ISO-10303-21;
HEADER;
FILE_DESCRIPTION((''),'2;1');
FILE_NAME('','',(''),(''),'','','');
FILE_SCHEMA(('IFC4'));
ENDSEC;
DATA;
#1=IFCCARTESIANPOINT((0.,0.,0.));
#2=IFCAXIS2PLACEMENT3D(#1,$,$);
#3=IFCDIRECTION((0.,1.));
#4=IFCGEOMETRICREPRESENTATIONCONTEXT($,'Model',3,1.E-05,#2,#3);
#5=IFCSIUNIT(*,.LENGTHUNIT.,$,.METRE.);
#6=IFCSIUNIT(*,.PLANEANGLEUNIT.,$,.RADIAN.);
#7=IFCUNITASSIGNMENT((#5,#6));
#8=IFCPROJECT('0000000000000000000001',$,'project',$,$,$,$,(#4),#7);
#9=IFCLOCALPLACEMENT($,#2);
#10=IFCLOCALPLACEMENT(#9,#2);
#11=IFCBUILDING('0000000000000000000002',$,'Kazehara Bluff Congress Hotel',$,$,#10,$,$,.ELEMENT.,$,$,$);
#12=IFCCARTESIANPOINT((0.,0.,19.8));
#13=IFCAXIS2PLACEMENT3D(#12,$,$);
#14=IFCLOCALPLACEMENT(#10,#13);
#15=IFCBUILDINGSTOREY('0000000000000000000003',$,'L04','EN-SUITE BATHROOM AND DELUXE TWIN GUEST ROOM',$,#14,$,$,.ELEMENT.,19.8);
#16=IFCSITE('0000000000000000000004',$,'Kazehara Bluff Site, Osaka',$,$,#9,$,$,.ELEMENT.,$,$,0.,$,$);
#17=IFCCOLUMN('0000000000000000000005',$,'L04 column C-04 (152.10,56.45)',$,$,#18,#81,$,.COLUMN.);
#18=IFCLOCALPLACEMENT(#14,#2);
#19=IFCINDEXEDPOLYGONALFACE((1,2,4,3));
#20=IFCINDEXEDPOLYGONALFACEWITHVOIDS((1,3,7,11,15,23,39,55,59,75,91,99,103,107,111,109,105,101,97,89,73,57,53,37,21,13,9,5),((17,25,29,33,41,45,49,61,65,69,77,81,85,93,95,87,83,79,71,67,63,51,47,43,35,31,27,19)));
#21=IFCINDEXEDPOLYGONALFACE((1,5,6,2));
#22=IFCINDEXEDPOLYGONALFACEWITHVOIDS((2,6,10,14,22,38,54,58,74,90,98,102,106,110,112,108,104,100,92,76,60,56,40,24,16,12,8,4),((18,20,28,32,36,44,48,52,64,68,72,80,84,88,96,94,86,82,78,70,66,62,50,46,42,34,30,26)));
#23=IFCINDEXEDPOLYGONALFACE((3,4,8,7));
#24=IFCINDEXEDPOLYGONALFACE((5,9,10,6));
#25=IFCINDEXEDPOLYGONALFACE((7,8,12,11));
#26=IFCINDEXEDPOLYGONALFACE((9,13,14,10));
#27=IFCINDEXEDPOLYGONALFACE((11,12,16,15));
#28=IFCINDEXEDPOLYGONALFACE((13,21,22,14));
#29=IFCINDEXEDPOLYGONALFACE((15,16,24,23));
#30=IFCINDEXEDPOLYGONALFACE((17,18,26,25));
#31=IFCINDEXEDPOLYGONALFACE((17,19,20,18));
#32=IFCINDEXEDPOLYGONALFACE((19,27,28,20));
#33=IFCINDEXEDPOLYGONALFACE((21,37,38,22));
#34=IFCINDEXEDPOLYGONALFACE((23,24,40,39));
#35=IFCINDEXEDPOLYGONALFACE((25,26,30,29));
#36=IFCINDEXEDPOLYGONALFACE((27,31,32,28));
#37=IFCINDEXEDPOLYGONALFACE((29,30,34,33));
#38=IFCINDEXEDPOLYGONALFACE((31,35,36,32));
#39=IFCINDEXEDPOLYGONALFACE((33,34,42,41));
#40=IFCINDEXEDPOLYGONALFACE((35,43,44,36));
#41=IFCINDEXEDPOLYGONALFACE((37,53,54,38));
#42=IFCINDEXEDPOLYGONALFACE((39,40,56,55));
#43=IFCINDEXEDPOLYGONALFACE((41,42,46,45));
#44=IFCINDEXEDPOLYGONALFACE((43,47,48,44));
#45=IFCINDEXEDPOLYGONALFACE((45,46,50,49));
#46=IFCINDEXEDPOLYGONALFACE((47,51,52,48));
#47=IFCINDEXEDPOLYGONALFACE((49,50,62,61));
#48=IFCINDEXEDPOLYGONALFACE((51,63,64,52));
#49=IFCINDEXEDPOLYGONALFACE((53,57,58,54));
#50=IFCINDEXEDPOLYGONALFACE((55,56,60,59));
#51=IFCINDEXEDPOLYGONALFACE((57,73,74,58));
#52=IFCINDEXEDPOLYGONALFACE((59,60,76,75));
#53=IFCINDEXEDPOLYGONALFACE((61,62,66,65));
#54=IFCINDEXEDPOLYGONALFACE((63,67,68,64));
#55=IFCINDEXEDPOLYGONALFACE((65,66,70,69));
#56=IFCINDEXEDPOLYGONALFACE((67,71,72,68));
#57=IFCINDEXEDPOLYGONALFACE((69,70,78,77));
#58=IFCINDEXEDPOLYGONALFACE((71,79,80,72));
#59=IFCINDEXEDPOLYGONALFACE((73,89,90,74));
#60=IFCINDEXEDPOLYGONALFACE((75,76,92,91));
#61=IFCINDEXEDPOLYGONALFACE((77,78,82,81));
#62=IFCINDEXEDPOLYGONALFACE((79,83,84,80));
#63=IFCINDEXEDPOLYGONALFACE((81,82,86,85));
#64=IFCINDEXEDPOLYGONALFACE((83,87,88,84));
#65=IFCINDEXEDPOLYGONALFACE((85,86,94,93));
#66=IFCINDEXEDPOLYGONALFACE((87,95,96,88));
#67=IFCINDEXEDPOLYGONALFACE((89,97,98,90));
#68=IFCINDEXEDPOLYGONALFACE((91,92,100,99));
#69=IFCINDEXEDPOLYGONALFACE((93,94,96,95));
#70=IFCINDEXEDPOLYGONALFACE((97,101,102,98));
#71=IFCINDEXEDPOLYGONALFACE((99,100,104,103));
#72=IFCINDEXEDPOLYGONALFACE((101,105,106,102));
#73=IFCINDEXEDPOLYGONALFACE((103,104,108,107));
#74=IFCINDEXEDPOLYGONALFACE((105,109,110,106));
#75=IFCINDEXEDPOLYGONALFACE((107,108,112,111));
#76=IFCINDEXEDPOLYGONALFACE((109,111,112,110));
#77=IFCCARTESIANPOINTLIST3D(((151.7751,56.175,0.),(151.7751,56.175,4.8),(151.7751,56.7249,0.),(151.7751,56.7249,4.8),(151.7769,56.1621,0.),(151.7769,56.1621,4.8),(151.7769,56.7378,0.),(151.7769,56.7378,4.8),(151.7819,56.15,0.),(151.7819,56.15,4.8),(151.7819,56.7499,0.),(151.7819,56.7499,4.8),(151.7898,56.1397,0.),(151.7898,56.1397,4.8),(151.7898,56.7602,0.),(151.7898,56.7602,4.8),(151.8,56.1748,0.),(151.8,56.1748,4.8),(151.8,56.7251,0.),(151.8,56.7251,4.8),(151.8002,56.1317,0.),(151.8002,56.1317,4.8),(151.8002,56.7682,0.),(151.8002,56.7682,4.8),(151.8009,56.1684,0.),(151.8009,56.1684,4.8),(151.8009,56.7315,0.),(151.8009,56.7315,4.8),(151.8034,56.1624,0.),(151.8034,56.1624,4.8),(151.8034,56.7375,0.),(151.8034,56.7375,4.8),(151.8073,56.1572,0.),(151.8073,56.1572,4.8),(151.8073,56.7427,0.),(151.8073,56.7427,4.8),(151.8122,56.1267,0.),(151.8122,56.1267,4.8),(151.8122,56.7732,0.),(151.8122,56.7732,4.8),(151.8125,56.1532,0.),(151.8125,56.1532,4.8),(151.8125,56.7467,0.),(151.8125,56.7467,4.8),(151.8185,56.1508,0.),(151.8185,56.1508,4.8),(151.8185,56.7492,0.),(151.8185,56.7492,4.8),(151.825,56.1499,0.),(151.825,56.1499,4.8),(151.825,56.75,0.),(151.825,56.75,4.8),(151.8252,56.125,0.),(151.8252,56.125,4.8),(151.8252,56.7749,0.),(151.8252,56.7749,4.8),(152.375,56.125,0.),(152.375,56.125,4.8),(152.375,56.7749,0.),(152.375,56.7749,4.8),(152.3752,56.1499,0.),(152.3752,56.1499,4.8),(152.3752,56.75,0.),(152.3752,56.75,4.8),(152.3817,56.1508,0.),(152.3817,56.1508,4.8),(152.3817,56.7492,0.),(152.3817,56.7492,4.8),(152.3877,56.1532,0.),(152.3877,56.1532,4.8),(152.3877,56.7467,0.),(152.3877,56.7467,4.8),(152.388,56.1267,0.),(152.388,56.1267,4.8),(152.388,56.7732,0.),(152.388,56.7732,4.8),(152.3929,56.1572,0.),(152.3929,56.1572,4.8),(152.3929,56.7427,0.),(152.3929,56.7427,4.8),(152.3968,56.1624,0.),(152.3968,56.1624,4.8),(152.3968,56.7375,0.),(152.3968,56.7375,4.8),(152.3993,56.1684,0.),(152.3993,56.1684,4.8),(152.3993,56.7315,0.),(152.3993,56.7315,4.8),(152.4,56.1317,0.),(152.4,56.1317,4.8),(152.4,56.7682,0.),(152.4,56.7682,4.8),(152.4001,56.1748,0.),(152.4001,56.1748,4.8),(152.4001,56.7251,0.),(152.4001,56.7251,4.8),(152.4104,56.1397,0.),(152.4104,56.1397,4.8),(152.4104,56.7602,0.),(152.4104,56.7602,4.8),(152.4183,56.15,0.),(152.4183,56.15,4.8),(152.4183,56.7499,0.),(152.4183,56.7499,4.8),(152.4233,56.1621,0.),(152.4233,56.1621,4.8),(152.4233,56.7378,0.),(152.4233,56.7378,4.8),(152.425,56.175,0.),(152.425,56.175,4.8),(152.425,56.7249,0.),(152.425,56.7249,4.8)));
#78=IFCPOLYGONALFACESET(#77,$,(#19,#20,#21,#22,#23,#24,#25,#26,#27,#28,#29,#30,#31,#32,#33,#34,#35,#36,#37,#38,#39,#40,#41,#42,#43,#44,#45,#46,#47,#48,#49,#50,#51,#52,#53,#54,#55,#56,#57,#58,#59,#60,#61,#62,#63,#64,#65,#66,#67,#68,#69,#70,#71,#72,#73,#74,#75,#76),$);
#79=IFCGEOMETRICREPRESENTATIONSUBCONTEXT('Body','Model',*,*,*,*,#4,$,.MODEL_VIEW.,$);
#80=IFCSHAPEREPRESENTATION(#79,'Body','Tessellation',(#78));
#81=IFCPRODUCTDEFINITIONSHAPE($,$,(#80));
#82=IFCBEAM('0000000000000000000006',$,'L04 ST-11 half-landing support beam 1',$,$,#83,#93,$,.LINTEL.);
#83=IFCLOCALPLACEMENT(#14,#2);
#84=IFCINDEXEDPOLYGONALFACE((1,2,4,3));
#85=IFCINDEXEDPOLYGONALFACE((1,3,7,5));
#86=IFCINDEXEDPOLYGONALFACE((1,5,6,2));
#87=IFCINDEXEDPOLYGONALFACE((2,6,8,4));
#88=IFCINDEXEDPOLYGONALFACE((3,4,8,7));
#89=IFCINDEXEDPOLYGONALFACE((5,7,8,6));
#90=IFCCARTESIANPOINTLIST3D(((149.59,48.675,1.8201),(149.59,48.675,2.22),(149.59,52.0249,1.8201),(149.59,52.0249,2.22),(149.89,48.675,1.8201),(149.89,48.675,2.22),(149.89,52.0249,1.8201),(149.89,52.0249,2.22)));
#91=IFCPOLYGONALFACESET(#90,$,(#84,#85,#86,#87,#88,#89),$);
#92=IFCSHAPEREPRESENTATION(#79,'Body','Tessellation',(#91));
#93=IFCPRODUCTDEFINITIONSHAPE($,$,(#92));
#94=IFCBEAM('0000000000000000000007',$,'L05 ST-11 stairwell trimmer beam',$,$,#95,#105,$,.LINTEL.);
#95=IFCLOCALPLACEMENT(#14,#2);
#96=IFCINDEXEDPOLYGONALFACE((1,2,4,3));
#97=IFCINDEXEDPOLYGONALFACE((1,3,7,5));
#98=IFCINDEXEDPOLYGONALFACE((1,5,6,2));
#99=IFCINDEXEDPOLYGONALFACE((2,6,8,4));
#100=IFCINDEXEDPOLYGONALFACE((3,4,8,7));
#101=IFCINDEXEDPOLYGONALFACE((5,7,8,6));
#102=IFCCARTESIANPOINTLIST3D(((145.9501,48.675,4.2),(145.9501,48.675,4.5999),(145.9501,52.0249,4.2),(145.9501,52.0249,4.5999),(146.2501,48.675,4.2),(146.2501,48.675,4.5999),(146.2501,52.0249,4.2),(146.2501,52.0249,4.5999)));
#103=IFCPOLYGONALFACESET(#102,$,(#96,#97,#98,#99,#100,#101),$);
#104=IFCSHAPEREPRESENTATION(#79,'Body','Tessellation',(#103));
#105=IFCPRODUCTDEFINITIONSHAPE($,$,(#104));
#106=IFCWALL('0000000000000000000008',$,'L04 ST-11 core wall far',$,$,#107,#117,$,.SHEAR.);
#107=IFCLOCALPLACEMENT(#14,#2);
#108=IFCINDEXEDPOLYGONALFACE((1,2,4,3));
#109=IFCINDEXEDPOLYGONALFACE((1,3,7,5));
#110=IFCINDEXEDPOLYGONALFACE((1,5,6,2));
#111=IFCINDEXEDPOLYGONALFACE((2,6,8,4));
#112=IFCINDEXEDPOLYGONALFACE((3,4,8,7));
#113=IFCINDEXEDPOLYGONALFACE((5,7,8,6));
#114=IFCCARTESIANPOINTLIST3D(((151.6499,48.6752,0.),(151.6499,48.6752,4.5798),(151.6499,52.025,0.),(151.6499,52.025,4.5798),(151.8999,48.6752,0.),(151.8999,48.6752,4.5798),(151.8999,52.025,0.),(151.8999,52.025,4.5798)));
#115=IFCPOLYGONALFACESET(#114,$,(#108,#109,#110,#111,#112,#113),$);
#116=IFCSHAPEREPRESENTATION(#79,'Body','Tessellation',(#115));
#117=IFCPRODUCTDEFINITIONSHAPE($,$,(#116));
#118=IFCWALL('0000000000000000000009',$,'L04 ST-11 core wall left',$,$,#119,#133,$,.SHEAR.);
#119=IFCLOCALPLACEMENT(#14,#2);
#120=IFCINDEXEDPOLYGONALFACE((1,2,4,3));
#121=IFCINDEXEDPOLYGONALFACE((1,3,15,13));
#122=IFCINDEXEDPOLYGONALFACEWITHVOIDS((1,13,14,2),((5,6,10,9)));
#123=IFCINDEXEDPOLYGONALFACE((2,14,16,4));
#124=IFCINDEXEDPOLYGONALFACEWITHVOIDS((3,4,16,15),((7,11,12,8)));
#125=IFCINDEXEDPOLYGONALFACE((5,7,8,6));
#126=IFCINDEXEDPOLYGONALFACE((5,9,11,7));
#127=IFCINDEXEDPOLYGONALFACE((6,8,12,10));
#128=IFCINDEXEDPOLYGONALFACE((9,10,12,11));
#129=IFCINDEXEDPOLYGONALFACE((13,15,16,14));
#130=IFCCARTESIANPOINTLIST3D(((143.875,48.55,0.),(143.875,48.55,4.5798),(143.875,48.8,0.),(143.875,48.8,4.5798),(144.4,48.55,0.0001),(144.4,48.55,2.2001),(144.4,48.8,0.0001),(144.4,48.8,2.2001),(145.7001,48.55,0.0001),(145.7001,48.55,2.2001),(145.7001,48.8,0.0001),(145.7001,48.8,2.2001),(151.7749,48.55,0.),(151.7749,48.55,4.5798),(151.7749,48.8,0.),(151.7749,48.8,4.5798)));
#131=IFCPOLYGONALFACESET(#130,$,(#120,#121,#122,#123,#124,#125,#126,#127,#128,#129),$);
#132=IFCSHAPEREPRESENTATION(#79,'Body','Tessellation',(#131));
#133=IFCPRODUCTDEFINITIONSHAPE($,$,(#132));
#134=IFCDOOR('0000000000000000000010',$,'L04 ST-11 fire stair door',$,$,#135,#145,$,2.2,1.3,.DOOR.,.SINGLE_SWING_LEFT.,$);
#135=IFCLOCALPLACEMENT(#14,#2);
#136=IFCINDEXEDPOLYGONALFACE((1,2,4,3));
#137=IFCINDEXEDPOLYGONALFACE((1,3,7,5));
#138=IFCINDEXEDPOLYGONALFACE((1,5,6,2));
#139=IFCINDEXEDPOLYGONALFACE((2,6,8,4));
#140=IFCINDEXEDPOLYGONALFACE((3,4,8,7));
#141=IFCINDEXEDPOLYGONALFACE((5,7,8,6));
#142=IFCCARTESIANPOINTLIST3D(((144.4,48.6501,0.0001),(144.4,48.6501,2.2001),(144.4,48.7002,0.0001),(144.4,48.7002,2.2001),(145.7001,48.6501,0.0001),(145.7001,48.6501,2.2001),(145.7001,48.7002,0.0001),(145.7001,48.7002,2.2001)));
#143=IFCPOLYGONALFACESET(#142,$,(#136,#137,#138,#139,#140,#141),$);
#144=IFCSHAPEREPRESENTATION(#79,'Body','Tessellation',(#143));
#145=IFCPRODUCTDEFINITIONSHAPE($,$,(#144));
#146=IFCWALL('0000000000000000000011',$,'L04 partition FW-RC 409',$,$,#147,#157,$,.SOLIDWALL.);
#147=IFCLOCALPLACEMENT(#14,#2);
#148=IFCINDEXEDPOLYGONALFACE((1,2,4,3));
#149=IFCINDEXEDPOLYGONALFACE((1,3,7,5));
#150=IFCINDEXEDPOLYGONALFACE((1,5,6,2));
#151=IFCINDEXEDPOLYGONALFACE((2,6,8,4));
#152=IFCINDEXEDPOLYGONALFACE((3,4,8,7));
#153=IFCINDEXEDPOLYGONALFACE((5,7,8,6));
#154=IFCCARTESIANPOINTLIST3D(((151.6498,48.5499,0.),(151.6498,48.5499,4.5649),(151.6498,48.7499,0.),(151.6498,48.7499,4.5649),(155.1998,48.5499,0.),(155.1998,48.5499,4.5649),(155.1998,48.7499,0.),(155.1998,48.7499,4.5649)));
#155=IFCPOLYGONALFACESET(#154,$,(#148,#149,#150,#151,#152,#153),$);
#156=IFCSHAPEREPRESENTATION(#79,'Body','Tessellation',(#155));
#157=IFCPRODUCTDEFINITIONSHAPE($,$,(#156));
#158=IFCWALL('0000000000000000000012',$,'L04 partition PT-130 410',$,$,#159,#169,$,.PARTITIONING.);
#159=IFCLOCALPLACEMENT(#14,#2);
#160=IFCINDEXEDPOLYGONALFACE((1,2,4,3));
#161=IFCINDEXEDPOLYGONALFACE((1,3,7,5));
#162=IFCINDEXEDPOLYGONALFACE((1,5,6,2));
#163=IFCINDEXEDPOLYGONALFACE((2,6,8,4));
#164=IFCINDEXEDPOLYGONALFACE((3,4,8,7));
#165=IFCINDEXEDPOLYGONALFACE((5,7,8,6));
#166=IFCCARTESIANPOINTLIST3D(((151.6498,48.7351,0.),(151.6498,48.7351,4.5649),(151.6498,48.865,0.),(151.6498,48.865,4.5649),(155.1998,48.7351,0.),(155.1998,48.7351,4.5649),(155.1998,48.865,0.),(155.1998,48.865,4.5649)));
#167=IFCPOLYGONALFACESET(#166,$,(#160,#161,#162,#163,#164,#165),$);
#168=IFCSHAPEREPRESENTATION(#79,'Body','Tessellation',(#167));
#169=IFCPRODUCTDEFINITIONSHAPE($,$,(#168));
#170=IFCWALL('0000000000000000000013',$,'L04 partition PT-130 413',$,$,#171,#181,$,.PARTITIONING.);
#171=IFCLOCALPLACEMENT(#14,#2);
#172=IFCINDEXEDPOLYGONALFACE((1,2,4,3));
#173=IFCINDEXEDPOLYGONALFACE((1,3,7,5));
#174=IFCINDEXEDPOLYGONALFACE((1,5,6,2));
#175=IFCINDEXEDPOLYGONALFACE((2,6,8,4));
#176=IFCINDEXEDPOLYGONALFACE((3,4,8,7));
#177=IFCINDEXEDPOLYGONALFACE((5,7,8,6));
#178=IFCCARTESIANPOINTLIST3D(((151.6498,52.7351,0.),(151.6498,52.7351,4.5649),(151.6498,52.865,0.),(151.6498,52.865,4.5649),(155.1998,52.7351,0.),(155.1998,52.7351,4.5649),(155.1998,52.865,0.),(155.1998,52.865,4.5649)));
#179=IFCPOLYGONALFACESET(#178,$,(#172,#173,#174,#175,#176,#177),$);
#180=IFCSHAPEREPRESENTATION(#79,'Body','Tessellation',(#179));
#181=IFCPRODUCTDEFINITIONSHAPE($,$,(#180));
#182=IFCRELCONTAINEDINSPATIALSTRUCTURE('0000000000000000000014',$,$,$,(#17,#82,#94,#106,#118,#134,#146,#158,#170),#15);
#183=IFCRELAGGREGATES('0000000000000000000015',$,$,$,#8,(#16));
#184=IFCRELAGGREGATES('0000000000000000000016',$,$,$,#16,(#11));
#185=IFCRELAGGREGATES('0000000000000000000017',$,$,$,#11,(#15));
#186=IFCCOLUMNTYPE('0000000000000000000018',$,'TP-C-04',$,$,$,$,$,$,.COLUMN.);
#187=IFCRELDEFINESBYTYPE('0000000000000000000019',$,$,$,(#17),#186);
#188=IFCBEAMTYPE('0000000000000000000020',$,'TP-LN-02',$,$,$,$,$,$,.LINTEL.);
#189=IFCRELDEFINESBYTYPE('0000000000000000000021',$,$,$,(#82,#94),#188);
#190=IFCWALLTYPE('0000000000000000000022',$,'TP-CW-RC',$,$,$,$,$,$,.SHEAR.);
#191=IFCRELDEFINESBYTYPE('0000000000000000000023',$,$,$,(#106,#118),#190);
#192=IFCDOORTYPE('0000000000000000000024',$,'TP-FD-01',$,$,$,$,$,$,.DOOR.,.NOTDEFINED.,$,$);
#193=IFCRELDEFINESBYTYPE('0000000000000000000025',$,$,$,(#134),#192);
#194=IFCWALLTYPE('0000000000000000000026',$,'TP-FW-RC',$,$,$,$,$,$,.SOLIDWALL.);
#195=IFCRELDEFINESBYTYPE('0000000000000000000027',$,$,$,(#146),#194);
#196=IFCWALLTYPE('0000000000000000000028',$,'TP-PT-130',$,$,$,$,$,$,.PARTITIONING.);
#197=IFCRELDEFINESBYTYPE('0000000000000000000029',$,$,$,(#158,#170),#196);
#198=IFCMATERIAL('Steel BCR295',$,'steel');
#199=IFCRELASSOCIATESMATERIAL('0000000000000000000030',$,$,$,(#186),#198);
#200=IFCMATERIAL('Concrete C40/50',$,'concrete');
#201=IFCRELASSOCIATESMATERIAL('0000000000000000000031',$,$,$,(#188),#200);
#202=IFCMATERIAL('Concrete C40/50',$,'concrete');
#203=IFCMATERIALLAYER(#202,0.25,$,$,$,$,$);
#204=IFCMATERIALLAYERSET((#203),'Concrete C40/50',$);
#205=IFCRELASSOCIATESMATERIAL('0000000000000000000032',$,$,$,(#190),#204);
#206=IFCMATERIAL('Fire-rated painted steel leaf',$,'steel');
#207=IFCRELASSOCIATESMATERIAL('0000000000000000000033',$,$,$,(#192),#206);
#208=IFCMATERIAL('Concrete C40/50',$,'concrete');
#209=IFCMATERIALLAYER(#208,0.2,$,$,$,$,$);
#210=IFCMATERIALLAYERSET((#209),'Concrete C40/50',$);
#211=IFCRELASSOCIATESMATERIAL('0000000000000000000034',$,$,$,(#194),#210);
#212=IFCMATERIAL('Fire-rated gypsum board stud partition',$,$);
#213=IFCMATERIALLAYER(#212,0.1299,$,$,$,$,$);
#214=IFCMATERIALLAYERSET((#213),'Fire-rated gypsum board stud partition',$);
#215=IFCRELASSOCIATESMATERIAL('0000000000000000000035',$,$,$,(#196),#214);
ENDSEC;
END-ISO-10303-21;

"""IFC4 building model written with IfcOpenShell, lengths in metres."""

from ifc_helpers import new_model, si_unit, direction, frame, frame_2d, origin, origin_2d, place, context, subcontext, project, spatial, rectangle, hollow_rectangle, extrude, material, layer, layer_set, material_profile, profile_set, type_object, element, fill, save


model = new_model("IFC4")

# Units and contexts
model_context = context("Model", 3, precision=1e-05, world=origin(), true_north=direction((0.0, 1.0)))
body_context = subcontext(model_context, "Body", "Model", "MODEL_VIEW")
ifc_project = project(units=[si_unit("LENGTHUNIT", "METRE"), si_unit("PLANEANGLEUNIT", "RADIAN")], contexts=[model_context])

# Site, building, storey
site_placement = place(None, origin())
site = spatial("IfcSite", under=ifc_project, at=site_placement, Name="Kazehara Bluff Site, Osaka", CompositionType="ELEMENT", RefElevation=0.0)
building_placement = place(site_placement, origin())
building = spatial("IfcBuilding", under=site, at=building_placement, Name="Kazehara Bluff Congress Hotel", CompositionType="ELEMENT")
storey_placement = place(building_placement, frame((0.0, 0.0, 19.8)))
storey = spatial("IfcBuildingStorey", under=building, at=storey_placement, Name="L04", Description="EN-SUITE BATHROOM AND DELUXE TWIN GUEST ROOM", CompositionType="ELEMENT", Elevation=19.8)

# Column
ifc_material_1 = material(Name="Steel BCR295", Category="steel")
ifc_material_profile_1 = material_profile(ifc_material_1, hollow_rectangle(XDim=0.6499, YDim=0.6499, WallThickness=0.0249, InnerFilletRadius=0.0249, OuterFilletRadius=0.05, at=origin_2d()))
ifc_profile_set_1 = profile_set([ifc_material_profile_1], Name="Steel BCR295")
column_type = type_object("IfcColumnType", Name="TP-C-04", PredefinedType="COLUMN", material=ifc_profile_set_1)
column_placement = place(storey_placement, frame((152.1001, 56.45, 0.0), z_axis=(0.0, 0.0, 1.0), x_axis=(1.0, 0.0, 0.0)))
element("IfcColumn", 1, at=column_placement, inside=storey, type_object=column_type, Name="L04 column C-04 (152.10,56.45)", PredefinedType="COLUMN", context=body_context, shape_type="SweptSolid", body=[
    extrude(hollow_rectangle(XDim=0.6499, YDim=0.6499, WallThickness=0.0249, InnerFilletRadius=0.0249, OuterFilletRadius=0.05, at=origin_2d()), origin(), (0.0, 0.0, 1.0), 4.8),
])

# Beams
ifc_material_2 = material(Name="Concrete C40/50", Category="concrete")
ifc_material_profile_2 = material_profile(ifc_material_2, rectangle(XDim=0.3, YDim=0.3999, at=origin_2d()))
ifc_profile_set_2 = profile_set([ifc_material_profile_2], Name="Concrete C40/50")
beam_type = type_object("IfcBeamType", Name="TP-LN-02", PredefinedType="LINTEL", material=ifc_profile_set_2)
for number, where, z_axis, x_axis, name in (
    (2, (149.74, 48.675, 2.02), (0.0, 1.0, 0.0), (-1.0, 0.0, 0.0), "L04 ST-11 half-landing support beam 1"),
    (3, (146.1001, 48.675, 4.3999), (0.0, 1.0, 0.0), (-1.0, 0.0, 0.0), "L05 ST-11 stairwell trimmer beam"),
):
    element("IfcBeam", number, at=place(storey_placement, frame(where, z_axis=z_axis, x_axis=x_axis)), inside=storey, type_object=beam_type, Name=name, PredefinedType="LINTEL", context=body_context, shape_type="SweptSolid", body=[
        extrude(rectangle(XDim=0.3, YDim=0.3999, at=origin_2d()), origin(), (0.0, 0.0, 1.0), 3.3499),
    ])

# Wall
ifc_material_3 = material(Name="Concrete C40/50", Category="concrete")
ifc_layer_1 = layer(ifc_material_3, 0.25)
ifc_layer_set_1 = layer_set([ifc_layer_1], Name="Concrete C40/50")
wall_type_1 = type_object("IfcWallType", Name="TP-CW-RC", PredefinedType="SHEAR", material=ifc_layer_set_1)
wall_1_placement = place(storey_placement, frame((151.7749, 52.0249, 0.0), z_axis=(0.0, 0.0, 1.0), x_axis=(0.0, -1.0, 0.0)))
element("IfcWall", 4, at=wall_1_placement, inside=storey, type_object=wall_type_1, Name="L04 ST-11 core wall far", PredefinedType="SHEAR", context=body_context, shape_type="SweptSolid", body=[
    extrude(rectangle(XDim=3.3499, YDim=0.25, at=frame_2d((1.6748, 0.0))), origin(), (0.0, 0.0, 1.0), 4.5798),
])

# Wall, opening, door
wall_2_placement = place(storey_placement, frame((151.7749, 48.675, 0.0), z_axis=(0.0, 0.0, 1.0), x_axis=(-1.0, 0.0, 0.0)))
wall_2 = element("IfcWall", 5, at=wall_2_placement, inside=storey, type_object=wall_type_1, Name="L04 ST-11 core wall left", PredefinedType="SHEAR", context=body_context, shape_type="SweptSolid", body=[
    extrude(rectangle(XDim=7.8999, YDim=0.25, at=frame_2d((3.95, 0.0))), origin(), (0.0, 0.0, 1.0), 4.5798),
])
opening_placement = place(wall_2_placement, frame((6.075, 0.0, 0.0)))
opening = element("IfcOpeningElement", 6, at=opening_placement, cuts=wall_2, PredefinedType="OPENING", context=body_context, shape_type="SweptSolid", body=[
    extrude(rectangle(XDim=1.3, YDim=2.2, at=frame_2d((0.6499, 1.1001))), frame((0.0, 0.135, 0.0), z_axis=(0.0, -1.0, 0.0), x_axis=(1.0, 0.0, 0.0)), (0.0, 0.0, 1.0), 0.27),
])
ifc_material_4 = material(Name="Fire-rated painted steel leaf", Category="steel")
door_type = type_object("IfcDoorType", Name="TP-FD-01", OperationType="NOTDEFINED", PredefinedType="DOOR", material=ifc_material_4)
door_placement = place(opening_placement, origin())
door = element("IfcDoor", 7, at=door_placement, inside=storey, type_object=door_type, Name="L04 ST-11 fire stair door", OperationType="SINGLE_SWING_LEFT", OverallHeight=2.2, OverallWidth=1.3, PredefinedType="DOOR", context=body_context, shape_type="SweptSolid", body=[
    extrude(rectangle(XDim=1.3, YDim=2.2, at=frame_2d((0.6499, 1.1001))), frame((0.0, 0.0249, 0.0), z_axis=(0.0, -1.0, 0.0), x_axis=(1.0, 0.0, 0.0)), (0.0, 0.0, 1.0), 0.05),
])
fill(opening, door)

# Walls
ifc_material_5 = material(Name="Concrete C40/50", Category="concrete")
ifc_layer_2 = layer(ifc_material_5, 0.2)
ifc_layer_set_2 = layer_set([ifc_layer_2], Name="Concrete C40/50")
wall_type_2 = type_object("IfcWallType", Name="TP-FW-RC", PredefinedType="SOLIDWALL", material=ifc_layer_set_2)
wall_3_placement = place(storey_placement, frame((151.6499, 48.6499, 0.0), z_axis=(0.0, 0.0, 1.0), x_axis=(1.0, 0.0, 0.0)))
element("IfcWall", 8, at=wall_3_placement, inside=storey, type_object=wall_type_2, Name="L04 partition FW-RC 409", PredefinedType="SOLIDWALL", context=body_context, shape_type="SweptSolid", body=[
    extrude(rectangle(XDim=3.55, YDim=0.2, at=frame_2d((1.7749, 0.0))), origin(), (0.0, 0.0, 1.0), 4.5649),
])
ifc_material_6 = material(Name="Fire-rated gypsum board stud partition")
ifc_layer_3 = layer(ifc_material_6, 0.1299)
ifc_layer_set_3 = layer_set([ifc_layer_3], Name="Fire-rated gypsum board stud partition")
wall_type_3 = type_object("IfcWallType", Name="TP-PT-130", PredefinedType="PARTITIONING", material=ifc_layer_set_3)
for number, where, z_axis, x_axis, name in (
    (9, (151.6499, 48.8, 0.0), (0.0, 0.0, 1.0), (1.0, 0.0, 0.0), "L04 partition PT-130 410"),
    (10, (151.6499, 52.8, 0.0), (0.0, 0.0, 1.0), (1.0, 0.0, 0.0), "L04 partition PT-130 413"),
):
    element("IfcWall", number, at=place(storey_placement, frame(where, z_axis=z_axis, x_axis=x_axis)), inside=storey, type_object=wall_type_3, Name=name, PredefinedType="PARTITIONING", context=body_context, shape_type="SweptSolid", body=[
        extrude(rectangle(XDim=3.55, YDim=0.1299, at=frame_2d((1.7749, 0.0))), origin(), (0.0, 0.0, 1.0), 4.5649),
    ])

save(model, "model.ifc")
